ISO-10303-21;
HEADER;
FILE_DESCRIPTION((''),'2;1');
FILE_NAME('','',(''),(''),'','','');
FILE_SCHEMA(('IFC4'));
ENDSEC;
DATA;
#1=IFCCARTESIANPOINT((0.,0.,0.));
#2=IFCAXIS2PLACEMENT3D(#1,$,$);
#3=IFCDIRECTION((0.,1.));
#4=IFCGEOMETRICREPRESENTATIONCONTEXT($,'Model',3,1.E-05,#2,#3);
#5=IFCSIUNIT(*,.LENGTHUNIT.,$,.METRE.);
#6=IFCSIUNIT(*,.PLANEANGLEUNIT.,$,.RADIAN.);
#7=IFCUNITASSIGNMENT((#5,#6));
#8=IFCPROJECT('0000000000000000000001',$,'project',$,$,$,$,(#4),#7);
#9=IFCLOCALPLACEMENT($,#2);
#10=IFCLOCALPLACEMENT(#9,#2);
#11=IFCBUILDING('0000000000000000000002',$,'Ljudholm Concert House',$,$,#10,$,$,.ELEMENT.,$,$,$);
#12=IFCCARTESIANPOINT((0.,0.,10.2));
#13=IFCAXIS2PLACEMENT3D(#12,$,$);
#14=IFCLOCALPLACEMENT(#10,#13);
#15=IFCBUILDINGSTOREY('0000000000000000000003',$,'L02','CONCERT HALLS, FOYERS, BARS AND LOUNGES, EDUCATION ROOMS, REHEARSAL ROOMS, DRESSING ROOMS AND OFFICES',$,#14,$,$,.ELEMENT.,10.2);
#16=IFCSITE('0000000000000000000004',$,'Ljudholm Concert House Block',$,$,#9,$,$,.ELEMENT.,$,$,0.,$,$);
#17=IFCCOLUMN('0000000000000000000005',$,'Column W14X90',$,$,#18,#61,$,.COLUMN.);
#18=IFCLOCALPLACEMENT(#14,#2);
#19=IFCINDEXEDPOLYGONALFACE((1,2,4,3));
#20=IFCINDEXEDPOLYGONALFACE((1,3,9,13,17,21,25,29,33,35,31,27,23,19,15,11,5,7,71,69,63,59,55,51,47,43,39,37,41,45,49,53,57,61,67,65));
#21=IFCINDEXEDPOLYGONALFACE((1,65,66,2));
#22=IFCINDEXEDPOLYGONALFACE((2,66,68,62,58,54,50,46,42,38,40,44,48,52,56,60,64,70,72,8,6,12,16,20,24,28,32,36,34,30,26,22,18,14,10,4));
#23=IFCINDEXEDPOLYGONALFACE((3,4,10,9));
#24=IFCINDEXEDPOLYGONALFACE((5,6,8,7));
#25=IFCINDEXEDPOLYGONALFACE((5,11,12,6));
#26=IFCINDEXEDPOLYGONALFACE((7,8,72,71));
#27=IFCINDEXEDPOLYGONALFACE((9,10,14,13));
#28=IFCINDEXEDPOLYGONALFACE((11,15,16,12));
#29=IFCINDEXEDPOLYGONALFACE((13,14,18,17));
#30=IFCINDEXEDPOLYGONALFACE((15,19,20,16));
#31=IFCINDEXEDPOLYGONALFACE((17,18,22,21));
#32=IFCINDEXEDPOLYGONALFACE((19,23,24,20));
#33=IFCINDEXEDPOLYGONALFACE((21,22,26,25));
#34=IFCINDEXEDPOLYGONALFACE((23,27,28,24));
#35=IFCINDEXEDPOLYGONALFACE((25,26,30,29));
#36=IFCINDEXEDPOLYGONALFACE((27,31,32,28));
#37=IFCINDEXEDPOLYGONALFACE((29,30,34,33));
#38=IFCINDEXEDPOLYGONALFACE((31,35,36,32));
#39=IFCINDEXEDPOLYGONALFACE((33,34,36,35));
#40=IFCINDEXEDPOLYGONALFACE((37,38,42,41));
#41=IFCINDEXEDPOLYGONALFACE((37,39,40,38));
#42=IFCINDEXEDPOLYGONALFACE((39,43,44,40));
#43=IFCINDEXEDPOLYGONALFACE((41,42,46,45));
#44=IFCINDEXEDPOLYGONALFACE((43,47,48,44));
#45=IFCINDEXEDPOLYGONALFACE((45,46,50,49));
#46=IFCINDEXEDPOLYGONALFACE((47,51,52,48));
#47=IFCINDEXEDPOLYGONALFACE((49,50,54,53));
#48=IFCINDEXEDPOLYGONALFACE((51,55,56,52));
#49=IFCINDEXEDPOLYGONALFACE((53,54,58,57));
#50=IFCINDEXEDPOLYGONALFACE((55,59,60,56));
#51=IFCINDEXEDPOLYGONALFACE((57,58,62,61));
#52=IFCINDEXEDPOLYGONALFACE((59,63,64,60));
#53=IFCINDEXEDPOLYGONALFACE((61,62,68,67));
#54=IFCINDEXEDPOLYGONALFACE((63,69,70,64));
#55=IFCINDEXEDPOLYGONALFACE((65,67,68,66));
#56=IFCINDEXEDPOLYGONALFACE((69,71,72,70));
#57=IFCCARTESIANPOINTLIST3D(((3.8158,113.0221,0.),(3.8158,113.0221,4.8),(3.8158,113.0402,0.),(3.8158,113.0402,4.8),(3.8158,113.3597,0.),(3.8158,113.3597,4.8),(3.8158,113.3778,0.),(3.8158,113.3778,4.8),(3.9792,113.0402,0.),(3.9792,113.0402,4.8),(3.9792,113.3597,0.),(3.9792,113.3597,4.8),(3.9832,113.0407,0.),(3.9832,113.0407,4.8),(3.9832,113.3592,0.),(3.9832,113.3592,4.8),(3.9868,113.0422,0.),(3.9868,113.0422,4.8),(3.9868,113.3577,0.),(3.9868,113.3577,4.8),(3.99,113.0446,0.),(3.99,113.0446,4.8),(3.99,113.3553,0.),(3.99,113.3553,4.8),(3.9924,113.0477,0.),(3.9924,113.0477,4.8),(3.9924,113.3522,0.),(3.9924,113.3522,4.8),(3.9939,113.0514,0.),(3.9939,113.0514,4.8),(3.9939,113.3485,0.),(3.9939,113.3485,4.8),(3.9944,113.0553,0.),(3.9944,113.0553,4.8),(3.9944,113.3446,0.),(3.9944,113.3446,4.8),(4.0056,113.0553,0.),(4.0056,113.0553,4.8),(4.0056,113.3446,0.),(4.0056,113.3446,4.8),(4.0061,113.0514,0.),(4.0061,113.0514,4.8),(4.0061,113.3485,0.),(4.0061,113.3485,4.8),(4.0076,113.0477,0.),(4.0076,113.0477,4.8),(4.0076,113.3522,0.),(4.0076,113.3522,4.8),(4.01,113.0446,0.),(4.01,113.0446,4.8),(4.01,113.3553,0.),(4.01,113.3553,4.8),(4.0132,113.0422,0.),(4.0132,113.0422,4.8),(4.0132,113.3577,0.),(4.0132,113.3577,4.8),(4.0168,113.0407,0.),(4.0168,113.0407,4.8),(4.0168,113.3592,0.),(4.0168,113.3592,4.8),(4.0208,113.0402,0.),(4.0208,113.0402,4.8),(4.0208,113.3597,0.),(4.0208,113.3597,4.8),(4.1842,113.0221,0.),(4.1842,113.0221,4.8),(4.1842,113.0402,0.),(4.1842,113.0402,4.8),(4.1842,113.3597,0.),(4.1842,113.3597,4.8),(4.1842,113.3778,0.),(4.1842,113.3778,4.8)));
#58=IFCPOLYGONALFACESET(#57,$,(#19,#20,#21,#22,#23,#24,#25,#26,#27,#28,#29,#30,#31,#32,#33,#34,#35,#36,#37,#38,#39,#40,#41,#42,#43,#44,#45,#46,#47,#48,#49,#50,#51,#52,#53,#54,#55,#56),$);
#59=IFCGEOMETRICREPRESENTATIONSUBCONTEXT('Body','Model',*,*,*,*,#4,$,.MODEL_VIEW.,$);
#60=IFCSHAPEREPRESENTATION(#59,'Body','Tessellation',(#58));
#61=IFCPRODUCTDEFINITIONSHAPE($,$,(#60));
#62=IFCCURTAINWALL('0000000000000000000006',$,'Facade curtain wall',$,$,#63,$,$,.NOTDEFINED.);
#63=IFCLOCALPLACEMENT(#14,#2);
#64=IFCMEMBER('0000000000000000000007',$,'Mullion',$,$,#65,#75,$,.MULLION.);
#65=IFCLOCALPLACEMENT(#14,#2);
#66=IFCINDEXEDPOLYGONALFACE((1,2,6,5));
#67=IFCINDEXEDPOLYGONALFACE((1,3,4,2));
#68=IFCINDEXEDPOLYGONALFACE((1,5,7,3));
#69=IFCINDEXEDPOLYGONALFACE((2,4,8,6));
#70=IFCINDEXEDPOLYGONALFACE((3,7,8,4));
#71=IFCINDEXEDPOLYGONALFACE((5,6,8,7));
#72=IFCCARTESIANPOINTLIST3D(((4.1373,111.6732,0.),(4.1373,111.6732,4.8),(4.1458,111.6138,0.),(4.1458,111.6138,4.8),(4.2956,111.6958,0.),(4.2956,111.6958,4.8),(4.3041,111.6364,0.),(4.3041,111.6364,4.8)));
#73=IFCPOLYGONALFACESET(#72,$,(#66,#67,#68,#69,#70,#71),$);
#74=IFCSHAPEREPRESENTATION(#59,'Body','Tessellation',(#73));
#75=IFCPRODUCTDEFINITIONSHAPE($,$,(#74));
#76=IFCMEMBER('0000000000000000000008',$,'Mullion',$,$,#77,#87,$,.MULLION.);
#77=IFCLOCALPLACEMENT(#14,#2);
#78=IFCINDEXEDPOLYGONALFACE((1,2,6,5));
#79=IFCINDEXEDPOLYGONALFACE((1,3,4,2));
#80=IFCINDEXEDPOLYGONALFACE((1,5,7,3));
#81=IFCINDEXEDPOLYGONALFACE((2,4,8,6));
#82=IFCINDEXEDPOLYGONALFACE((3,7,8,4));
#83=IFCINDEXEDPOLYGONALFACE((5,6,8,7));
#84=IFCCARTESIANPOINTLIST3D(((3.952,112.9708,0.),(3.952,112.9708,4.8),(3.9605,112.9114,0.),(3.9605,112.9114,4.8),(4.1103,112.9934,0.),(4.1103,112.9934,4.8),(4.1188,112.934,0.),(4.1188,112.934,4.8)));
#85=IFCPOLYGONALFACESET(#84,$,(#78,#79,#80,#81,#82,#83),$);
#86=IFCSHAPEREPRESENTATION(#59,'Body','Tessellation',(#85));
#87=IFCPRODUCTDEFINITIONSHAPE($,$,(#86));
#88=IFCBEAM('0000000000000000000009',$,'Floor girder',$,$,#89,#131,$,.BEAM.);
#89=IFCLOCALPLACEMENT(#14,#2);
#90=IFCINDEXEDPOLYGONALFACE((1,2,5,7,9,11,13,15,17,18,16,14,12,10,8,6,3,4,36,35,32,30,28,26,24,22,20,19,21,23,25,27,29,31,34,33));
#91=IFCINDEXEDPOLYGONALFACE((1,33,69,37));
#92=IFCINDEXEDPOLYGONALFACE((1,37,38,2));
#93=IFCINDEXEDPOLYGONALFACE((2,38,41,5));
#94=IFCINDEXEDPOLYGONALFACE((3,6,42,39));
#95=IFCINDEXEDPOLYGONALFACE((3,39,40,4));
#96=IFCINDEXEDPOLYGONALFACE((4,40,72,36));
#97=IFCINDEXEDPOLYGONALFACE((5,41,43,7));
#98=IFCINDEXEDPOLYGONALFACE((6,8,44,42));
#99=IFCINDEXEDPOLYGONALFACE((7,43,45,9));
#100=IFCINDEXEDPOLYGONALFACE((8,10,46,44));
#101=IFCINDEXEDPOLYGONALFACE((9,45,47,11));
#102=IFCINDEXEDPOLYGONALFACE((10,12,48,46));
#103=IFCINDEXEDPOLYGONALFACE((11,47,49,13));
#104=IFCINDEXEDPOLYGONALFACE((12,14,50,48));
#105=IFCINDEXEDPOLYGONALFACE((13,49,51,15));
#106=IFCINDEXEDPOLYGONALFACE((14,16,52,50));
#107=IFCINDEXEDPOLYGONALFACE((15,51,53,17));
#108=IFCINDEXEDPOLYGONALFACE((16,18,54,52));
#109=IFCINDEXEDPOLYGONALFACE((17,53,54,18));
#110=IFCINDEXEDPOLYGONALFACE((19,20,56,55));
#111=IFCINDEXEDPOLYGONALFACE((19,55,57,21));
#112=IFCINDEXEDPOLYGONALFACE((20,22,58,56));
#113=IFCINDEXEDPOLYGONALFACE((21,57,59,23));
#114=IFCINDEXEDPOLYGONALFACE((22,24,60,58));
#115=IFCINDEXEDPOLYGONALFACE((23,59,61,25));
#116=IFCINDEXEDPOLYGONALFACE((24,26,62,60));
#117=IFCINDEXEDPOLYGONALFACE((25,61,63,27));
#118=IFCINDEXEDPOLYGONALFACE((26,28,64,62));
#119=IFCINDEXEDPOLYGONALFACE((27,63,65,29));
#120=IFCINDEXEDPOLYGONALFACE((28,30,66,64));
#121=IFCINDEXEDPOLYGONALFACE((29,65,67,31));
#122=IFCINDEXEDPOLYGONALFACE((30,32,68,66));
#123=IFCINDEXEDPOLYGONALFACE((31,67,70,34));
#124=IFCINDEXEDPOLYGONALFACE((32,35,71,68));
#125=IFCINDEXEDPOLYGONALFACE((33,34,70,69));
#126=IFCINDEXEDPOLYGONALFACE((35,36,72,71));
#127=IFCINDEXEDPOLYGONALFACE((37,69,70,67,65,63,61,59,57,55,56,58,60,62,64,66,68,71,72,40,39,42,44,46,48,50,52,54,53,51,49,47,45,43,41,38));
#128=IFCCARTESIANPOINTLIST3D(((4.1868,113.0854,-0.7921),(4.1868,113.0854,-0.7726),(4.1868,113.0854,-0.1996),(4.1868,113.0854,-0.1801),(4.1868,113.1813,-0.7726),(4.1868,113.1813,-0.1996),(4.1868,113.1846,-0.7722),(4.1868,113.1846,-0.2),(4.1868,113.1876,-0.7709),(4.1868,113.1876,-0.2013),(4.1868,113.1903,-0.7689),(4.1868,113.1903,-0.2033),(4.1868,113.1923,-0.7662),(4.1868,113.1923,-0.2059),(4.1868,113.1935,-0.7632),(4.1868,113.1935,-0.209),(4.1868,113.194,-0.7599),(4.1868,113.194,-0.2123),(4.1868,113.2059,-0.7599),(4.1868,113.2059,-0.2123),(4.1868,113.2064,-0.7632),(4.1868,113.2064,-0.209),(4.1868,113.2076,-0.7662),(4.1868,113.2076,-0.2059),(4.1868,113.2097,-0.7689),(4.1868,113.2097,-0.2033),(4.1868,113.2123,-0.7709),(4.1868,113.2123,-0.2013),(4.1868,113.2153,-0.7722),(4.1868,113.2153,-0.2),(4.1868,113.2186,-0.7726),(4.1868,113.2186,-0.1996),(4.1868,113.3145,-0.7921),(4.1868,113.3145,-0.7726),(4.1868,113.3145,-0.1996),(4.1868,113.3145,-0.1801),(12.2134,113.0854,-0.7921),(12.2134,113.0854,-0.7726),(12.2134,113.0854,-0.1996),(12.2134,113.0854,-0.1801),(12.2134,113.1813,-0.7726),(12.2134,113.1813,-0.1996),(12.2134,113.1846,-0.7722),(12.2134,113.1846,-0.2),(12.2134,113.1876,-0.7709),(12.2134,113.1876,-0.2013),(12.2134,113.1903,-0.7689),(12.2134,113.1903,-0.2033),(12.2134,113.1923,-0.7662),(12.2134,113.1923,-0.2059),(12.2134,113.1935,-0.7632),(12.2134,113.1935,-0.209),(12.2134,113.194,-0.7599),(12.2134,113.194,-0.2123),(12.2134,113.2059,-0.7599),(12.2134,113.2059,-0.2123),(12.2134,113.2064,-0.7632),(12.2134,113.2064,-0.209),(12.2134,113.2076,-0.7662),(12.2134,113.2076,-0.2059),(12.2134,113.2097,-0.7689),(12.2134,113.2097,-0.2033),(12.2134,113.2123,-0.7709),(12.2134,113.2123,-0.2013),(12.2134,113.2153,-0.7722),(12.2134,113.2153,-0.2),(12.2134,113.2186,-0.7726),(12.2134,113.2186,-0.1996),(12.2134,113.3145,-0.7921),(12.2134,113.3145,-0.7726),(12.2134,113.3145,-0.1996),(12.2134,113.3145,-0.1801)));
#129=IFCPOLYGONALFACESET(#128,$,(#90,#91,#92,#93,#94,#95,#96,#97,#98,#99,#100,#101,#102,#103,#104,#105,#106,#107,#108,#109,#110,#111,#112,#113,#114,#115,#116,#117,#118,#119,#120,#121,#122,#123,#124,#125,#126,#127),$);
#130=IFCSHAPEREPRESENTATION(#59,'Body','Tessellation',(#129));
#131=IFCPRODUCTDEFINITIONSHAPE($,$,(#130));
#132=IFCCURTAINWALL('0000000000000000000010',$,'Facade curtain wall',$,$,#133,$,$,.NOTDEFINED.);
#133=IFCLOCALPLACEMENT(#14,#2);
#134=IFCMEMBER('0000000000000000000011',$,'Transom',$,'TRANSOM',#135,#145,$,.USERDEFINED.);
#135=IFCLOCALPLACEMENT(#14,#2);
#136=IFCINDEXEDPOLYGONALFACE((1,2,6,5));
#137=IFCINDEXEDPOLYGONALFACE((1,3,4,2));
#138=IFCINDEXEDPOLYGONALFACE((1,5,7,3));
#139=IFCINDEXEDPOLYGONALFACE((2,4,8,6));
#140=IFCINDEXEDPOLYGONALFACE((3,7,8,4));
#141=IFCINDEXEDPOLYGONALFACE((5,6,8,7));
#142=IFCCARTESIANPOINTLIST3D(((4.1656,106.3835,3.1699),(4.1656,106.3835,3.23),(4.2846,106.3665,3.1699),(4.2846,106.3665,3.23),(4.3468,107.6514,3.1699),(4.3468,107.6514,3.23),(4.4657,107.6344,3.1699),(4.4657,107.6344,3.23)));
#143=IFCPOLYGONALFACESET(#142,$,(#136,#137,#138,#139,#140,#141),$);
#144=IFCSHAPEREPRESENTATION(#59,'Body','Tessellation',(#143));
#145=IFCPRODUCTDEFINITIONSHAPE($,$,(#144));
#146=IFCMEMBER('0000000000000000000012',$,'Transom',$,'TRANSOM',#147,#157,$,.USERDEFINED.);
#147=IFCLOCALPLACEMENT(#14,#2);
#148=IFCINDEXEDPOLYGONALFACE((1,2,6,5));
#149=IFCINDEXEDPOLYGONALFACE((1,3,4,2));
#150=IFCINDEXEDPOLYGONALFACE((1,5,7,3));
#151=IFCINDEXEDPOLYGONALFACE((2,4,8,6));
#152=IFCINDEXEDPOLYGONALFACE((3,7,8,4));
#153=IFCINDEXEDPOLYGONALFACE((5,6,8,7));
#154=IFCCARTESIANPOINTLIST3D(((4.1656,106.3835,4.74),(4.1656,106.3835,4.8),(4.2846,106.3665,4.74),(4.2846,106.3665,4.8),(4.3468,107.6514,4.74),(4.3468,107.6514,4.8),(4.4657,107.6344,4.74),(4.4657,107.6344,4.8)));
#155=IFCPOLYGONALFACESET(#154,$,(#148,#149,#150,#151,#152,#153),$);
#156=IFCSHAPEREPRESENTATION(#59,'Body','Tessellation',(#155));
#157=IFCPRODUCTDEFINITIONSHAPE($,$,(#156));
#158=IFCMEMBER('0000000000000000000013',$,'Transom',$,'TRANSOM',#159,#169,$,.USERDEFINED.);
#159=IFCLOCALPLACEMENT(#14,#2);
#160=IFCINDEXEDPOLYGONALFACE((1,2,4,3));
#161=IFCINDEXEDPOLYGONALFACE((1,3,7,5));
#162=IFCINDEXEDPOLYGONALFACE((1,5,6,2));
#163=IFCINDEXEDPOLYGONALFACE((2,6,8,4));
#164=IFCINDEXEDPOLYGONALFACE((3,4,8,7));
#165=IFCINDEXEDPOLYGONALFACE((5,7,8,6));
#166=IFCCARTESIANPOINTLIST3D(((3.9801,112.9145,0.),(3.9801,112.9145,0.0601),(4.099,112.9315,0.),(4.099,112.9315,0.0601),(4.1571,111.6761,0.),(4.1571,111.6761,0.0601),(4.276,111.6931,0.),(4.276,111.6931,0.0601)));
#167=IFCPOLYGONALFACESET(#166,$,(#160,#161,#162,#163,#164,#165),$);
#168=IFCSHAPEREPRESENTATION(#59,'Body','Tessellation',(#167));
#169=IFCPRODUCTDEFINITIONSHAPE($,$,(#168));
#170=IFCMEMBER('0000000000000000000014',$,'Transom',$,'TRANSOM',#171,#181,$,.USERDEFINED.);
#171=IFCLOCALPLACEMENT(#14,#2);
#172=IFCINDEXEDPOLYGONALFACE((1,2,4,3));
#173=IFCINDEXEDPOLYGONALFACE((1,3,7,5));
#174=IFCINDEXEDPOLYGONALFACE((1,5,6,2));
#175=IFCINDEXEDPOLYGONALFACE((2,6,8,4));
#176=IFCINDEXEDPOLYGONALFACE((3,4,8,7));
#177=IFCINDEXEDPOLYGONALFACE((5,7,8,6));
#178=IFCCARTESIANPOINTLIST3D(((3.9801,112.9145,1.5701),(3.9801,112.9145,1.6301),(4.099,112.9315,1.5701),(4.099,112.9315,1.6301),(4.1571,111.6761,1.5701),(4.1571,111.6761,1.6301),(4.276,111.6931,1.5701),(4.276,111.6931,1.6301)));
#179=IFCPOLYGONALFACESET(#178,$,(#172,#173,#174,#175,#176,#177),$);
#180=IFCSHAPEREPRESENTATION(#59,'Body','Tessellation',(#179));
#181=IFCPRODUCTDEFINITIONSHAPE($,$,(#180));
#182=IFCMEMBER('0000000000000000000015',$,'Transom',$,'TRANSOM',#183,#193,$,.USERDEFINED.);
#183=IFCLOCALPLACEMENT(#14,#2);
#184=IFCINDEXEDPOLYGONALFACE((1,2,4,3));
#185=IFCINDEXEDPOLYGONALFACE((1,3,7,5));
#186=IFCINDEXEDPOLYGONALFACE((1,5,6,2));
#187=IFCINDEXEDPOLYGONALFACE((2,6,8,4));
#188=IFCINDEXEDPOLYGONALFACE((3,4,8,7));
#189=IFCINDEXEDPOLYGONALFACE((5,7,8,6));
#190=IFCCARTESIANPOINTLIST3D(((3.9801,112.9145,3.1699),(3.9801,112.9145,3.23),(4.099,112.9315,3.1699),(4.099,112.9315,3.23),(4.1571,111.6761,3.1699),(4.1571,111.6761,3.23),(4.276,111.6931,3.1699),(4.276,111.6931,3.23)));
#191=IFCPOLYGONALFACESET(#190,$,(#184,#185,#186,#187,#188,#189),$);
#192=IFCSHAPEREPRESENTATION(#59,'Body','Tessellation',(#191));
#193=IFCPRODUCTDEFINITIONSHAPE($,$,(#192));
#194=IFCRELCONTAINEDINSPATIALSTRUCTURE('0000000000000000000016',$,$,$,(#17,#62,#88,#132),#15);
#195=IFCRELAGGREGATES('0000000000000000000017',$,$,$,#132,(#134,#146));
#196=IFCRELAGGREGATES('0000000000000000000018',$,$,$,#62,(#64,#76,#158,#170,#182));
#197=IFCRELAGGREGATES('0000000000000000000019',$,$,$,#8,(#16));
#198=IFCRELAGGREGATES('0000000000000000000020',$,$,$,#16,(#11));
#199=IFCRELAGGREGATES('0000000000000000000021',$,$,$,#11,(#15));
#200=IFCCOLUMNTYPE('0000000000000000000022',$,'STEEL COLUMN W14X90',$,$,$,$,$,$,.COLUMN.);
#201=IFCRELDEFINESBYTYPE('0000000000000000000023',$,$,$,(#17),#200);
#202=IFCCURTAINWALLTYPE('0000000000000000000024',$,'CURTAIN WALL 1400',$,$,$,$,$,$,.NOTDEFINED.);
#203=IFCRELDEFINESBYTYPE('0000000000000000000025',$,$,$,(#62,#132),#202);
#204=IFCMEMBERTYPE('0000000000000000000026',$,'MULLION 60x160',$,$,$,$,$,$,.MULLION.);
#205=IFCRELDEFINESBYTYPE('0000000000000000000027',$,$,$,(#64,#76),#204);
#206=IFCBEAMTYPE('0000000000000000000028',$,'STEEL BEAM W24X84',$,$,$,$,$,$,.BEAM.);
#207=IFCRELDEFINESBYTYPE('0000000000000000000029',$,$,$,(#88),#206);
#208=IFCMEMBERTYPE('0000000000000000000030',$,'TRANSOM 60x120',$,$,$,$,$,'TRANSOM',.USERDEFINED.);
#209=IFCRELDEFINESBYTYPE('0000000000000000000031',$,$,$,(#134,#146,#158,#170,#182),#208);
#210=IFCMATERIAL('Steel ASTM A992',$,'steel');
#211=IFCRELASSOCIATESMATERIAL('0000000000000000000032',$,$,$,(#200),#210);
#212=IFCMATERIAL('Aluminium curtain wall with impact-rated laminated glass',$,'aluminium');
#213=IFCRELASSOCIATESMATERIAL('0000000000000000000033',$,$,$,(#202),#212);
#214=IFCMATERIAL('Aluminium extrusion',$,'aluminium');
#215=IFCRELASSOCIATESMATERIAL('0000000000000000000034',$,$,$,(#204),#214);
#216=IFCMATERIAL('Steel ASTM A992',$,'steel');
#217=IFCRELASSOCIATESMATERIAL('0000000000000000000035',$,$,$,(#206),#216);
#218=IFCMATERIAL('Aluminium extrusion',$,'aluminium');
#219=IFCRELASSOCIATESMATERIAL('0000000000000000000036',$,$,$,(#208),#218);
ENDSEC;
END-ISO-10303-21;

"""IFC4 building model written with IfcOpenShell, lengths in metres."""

from ifc_helpers import new_model, si_unit, direction, frame, origin, origin_2d, place, context, subcontext, project, spatial, rectangle, i_section, extrude, material, material_profile, profile_set, type_object, element, aggregate, save


model = new_model("IFC4")

# Units and contexts
model_context = context("Model", 3, precision=1e-05, world=origin(), true_north=direction((0.0, 1.0)))
body_context = subcontext(model_context, "Body", "Model", "MODEL_VIEW")
ifc_project = project(units=[si_unit("LENGTHUNIT", "METRE"), si_unit("PLANEANGLEUNIT", "RADIAN")], contexts=[model_context])

# Site, building, storey
site_placement = place(None, origin())
site = spatial("IfcSite", under=ifc_project, at=site_placement, Name="Ljudholm Concert House Block", CompositionType="ELEMENT", RefElevation=0.0)
building_placement = place(site_placement, origin())
building = spatial("IfcBuilding", under=site, at=building_placement, Name="Ljudholm Concert House", CompositionType="ELEMENT")
storey_placement = place(building_placement, frame((0.0, 0.0, 10.2)))
storey = spatial("IfcBuildingStorey", under=building, at=storey_placement, Name="L02", Description="CONCERT HALLS, FOYERS, BARS AND LOUNGES, EDUCATION ROOMS, REHEARSAL ROOMS, DRESSING ROOMS AND OFFICES", CompositionType="ELEMENT", Elevation=10.2)

# Column
ifc_material_1 = material(Name="Steel ASTM A992", Category="steel")
ifc_material_profile_1 = material_profile(ifc_material_1, i_section(OverallWidth=0.3684, OverallDepth=0.3557, WebThickness=0.0112, FlangeThickness=0.0181, FilletRadius=0.0151, at=origin_2d()), Name="W14X90")
ifc_profile_set_1 = profile_set([ifc_material_profile_1], Name="Steel ASTM A992")
column_type = type_object("IfcColumnType", Name="STEEL COLUMN W14X90", PredefinedType="COLUMN", material=ifc_profile_set_1)
column_placement = place(storey_placement, frame((4.0, 113.2, 0.0), z_axis=(0.0, 0.0, 1.0), x_axis=(1.0, 0.0, 0.0)))
element("IfcColumn", 1, at=column_placement, inside=storey, type_object=column_type, Name="Column W14X90", PredefinedType="COLUMN", context=body_context, shape_type="SweptSolid", body=[
    extrude(i_section(OverallWidth=0.3684, OverallDepth=0.3557, WebThickness=0.0112, FlangeThickness=0.0181, FilletRadius=0.0151, at=origin_2d()), origin(), (0.0, 0.0, 1.0), 4.8),
])

# Curtain wall, members
ifc_material_2 = material(Name="Aluminium curtain wall with impact-rated laminated glass", Category="aluminium")
curtain_wall_type = type_object("IfcCurtainWallType", Name="CURTAIN WALL 1400", PredefinedType="NOTDEFINED", material=ifc_material_2)
curtain_wall_1_placement = place(storey_placement, origin())
curtain_wall_1 = element("IfcCurtainWall", 2, at=curtain_wall_1_placement, inside=storey, type_object=curtain_wall_type, Name="Facade curtain wall", PredefinedType="NOTDEFINED")
ifc_material_3 = material(Name="Aluminium extrusion", Category="aluminium")
ifc_material_profile_2 = material_profile(ifc_material_3, rectangle(XDim=0.1599, YDim=0.0601, at=origin_2d()), Name="MULLION 60x160")
ifc_profile_set_2 = profile_set([ifc_material_profile_2], Name="Aluminium extrusion")
member_type_1 = type_object("IfcMemberType", Name="MULLION 60x160", PredefinedType="MULLION", material=ifc_profile_set_2)
member_1_placement = place(storey_placement, frame((4.2207, 111.6548, 0.0), z_axis=(0.0, 0.0, 1.0), x_axis=(-0.989949, -0.141421, 0.0)))
member_1 = element("IfcMember", 3, at=member_1_placement, type_object=member_type_1, Name="Mullion", PredefinedType="MULLION", context=body_context, shape_type="SweptSolid", body=[
    extrude(rectangle(XDim=0.1599, YDim=0.0601, at=origin_2d()), origin(), (0.0, 0.0, 1.0), 4.8),
])
member_2_placement = place(storey_placement, frame((4.0354, 112.9524, 0.0), z_axis=(0.0, 0.0, 1.0), x_axis=(-0.989949, -0.141421, 0.0)))
member_2 = element("IfcMember", 4, at=member_2_placement, type_object=member_type_1, Name="Mullion", PredefinedType="MULLION", context=body_context, shape_type="SweptSolid", body=[
    extrude(rectangle(XDim=0.1599, YDim=0.0601, at=origin_2d()), origin(), (0.0, 0.0, 1.0), 4.8),
])

# Beam
ifc_material_4 = material(Name="Steel ASTM A992", Category="steel")
ifc_material_profile_3 = material_profile(ifc_material_4, i_section(OverallWidth=0.229, OverallDepth=0.6121, WebThickness=0.012, FlangeThickness=0.0195, FilletRadius=0.0127, at=origin_2d()), Name="W24X84")
ifc_profile_set_3 = profile_set([ifc_material_profile_3], Name="Steel ASTM A992")
beam_type = type_object("IfcBeamType", Name="STEEL BEAM W24X84", PredefinedType="BEAM", material=ifc_profile_set_3)
beam_placement = place(storey_placement, frame((4.1868, 113.2, -0.4861), z_axis=(1.0, 0.0, 0.0), x_axis=(0.0, 1.0, 0.0)))
element("IfcBeam", 5, at=beam_placement, inside=storey, type_object=beam_type, Name="Floor girder", PredefinedType="BEAM", context=body_context, shape_type="SweptSolid", body=[
    extrude(i_section(OverallWidth=0.229, OverallDepth=0.6121, WebThickness=0.012, FlangeThickness=0.0195, FilletRadius=0.0127, at=origin_2d()), origin(), (0.0, 0.0, 1.0), 8.0266),
])

# Curtain wall, members
curtain_wall_2_placement = place(storey_placement, origin())
curtain_wall_2 = element("IfcCurtainWall", 6, at=curtain_wall_2_placement, inside=storey, type_object=curtain_wall_type, Name="Facade curtain wall", PredefinedType="NOTDEFINED")
ifc_material_5 = material(Name="Aluminium extrusion", Category="aluminium")
ifc_material_profile_4 = material_profile(ifc_material_5, rectangle(XDim=0.1201, YDim=0.0601, at=origin_2d()), Name="TRANSOM 60x120")
ifc_profile_set_4 = profile_set([ifc_material_profile_4], Name="Aluminium extrusion")
member_type_2 = type_object("IfcMemberType", Name="TRANSOM 60x120", ElementType="TRANSOM", PredefinedType="USERDEFINED", material=ifc_profile_set_4)
member_3_placement = place(storey_placement, frame((4.2251, 106.375, 3.2), z_axis=(0.141448, 0.989946, 0.0), x_axis=(-0.989946, 0.141448, 0.0)))
member_3 = element("IfcMember", 7, at=member_3_placement, type_object=member_type_2, Name="Transom", ObjectType="TRANSOM", PredefinedType="USERDEFINED", context=body_context, shape_type="SweptSolid", body=[
    extrude(rectangle(XDim=0.1201, YDim=0.0601, at=origin_2d()), origin(), (0.0, 0.0, 1.0), 1.2808),
])
member_4_placement = place(storey_placement, frame((4.2251, 106.375, 4.77), z_axis=(0.141448, 0.989946, 0.0), x_axis=(-0.989946, 0.141448, 0.0)))
member_4 = element("IfcMember", 8, at=member_4_placement, type_object=member_type_2, Name="Transom", ObjectType="TRANSOM", PredefinedType="USERDEFINED", context=body_context, shape_type="SweptSolid", body=[
    extrude(rectangle(XDim=0.1201, YDim=0.0601, at=origin_2d()), origin(), (0.0, 0.0, 1.0), 1.2808),
])

# Members
member_5_placement = place(storey_placement, frame((4.2166, 111.6846, 0.03), z_axis=(-0.141503, 0.989938, 0.0), x_axis=(-0.989938, -0.141503, 0.0)))
member_5 = element("IfcMember", 9, at=member_5_placement, type_object=member_type_2, Name="Transom", ObjectType="TRANSOM", PredefinedType="USERDEFINED", context=body_context, shape_type="SweptSolid", body=[
    extrude(rectangle(XDim=0.1201, YDim=0.0601, at=origin_2d()), origin(), (0.0, 0.0, 1.0), 1.251),
])
member_6_placement = place(storey_placement, frame((4.2166, 111.6846, 1.6001), z_axis=(-0.141503, 0.989938, 0.0), x_axis=(-0.989938, -0.141503, 0.0)))
member_6 = element("IfcMember", 10, at=member_6_placement, type_object=member_type_2, Name="Transom", ObjectType="TRANSOM", PredefinedType="USERDEFINED", context=body_context, shape_type="SweptSolid", body=[
    extrude(rectangle(XDim=0.1201, YDim=0.0601, at=origin_2d()), origin(), (0.0, 0.0, 1.0), 1.251),
])
member_7_placement = place(storey_placement, frame((4.2166, 111.6846, 3.2), z_axis=(-0.141503, 0.989938, 0.0), x_axis=(-0.989938, -0.141503, 0.0)))
member_7 = element("IfcMember", 11, at=member_7_placement, type_object=member_type_2, Name="Transom", ObjectType="TRANSOM", PredefinedType="USERDEFINED", context=body_context, shape_type="SweptSolid", body=[
    extrude(rectangle(XDim=0.1201, YDim=0.0601, at=origin_2d()), origin(), (0.0, 0.0, 1.0), 1.251),
])

aggregate(curtain_wall_2, [member_3, member_4])
aggregate(curtain_wall_1, [member_1, member_2, member_5, member_6, member_7])

save(model, "model.ifc")
